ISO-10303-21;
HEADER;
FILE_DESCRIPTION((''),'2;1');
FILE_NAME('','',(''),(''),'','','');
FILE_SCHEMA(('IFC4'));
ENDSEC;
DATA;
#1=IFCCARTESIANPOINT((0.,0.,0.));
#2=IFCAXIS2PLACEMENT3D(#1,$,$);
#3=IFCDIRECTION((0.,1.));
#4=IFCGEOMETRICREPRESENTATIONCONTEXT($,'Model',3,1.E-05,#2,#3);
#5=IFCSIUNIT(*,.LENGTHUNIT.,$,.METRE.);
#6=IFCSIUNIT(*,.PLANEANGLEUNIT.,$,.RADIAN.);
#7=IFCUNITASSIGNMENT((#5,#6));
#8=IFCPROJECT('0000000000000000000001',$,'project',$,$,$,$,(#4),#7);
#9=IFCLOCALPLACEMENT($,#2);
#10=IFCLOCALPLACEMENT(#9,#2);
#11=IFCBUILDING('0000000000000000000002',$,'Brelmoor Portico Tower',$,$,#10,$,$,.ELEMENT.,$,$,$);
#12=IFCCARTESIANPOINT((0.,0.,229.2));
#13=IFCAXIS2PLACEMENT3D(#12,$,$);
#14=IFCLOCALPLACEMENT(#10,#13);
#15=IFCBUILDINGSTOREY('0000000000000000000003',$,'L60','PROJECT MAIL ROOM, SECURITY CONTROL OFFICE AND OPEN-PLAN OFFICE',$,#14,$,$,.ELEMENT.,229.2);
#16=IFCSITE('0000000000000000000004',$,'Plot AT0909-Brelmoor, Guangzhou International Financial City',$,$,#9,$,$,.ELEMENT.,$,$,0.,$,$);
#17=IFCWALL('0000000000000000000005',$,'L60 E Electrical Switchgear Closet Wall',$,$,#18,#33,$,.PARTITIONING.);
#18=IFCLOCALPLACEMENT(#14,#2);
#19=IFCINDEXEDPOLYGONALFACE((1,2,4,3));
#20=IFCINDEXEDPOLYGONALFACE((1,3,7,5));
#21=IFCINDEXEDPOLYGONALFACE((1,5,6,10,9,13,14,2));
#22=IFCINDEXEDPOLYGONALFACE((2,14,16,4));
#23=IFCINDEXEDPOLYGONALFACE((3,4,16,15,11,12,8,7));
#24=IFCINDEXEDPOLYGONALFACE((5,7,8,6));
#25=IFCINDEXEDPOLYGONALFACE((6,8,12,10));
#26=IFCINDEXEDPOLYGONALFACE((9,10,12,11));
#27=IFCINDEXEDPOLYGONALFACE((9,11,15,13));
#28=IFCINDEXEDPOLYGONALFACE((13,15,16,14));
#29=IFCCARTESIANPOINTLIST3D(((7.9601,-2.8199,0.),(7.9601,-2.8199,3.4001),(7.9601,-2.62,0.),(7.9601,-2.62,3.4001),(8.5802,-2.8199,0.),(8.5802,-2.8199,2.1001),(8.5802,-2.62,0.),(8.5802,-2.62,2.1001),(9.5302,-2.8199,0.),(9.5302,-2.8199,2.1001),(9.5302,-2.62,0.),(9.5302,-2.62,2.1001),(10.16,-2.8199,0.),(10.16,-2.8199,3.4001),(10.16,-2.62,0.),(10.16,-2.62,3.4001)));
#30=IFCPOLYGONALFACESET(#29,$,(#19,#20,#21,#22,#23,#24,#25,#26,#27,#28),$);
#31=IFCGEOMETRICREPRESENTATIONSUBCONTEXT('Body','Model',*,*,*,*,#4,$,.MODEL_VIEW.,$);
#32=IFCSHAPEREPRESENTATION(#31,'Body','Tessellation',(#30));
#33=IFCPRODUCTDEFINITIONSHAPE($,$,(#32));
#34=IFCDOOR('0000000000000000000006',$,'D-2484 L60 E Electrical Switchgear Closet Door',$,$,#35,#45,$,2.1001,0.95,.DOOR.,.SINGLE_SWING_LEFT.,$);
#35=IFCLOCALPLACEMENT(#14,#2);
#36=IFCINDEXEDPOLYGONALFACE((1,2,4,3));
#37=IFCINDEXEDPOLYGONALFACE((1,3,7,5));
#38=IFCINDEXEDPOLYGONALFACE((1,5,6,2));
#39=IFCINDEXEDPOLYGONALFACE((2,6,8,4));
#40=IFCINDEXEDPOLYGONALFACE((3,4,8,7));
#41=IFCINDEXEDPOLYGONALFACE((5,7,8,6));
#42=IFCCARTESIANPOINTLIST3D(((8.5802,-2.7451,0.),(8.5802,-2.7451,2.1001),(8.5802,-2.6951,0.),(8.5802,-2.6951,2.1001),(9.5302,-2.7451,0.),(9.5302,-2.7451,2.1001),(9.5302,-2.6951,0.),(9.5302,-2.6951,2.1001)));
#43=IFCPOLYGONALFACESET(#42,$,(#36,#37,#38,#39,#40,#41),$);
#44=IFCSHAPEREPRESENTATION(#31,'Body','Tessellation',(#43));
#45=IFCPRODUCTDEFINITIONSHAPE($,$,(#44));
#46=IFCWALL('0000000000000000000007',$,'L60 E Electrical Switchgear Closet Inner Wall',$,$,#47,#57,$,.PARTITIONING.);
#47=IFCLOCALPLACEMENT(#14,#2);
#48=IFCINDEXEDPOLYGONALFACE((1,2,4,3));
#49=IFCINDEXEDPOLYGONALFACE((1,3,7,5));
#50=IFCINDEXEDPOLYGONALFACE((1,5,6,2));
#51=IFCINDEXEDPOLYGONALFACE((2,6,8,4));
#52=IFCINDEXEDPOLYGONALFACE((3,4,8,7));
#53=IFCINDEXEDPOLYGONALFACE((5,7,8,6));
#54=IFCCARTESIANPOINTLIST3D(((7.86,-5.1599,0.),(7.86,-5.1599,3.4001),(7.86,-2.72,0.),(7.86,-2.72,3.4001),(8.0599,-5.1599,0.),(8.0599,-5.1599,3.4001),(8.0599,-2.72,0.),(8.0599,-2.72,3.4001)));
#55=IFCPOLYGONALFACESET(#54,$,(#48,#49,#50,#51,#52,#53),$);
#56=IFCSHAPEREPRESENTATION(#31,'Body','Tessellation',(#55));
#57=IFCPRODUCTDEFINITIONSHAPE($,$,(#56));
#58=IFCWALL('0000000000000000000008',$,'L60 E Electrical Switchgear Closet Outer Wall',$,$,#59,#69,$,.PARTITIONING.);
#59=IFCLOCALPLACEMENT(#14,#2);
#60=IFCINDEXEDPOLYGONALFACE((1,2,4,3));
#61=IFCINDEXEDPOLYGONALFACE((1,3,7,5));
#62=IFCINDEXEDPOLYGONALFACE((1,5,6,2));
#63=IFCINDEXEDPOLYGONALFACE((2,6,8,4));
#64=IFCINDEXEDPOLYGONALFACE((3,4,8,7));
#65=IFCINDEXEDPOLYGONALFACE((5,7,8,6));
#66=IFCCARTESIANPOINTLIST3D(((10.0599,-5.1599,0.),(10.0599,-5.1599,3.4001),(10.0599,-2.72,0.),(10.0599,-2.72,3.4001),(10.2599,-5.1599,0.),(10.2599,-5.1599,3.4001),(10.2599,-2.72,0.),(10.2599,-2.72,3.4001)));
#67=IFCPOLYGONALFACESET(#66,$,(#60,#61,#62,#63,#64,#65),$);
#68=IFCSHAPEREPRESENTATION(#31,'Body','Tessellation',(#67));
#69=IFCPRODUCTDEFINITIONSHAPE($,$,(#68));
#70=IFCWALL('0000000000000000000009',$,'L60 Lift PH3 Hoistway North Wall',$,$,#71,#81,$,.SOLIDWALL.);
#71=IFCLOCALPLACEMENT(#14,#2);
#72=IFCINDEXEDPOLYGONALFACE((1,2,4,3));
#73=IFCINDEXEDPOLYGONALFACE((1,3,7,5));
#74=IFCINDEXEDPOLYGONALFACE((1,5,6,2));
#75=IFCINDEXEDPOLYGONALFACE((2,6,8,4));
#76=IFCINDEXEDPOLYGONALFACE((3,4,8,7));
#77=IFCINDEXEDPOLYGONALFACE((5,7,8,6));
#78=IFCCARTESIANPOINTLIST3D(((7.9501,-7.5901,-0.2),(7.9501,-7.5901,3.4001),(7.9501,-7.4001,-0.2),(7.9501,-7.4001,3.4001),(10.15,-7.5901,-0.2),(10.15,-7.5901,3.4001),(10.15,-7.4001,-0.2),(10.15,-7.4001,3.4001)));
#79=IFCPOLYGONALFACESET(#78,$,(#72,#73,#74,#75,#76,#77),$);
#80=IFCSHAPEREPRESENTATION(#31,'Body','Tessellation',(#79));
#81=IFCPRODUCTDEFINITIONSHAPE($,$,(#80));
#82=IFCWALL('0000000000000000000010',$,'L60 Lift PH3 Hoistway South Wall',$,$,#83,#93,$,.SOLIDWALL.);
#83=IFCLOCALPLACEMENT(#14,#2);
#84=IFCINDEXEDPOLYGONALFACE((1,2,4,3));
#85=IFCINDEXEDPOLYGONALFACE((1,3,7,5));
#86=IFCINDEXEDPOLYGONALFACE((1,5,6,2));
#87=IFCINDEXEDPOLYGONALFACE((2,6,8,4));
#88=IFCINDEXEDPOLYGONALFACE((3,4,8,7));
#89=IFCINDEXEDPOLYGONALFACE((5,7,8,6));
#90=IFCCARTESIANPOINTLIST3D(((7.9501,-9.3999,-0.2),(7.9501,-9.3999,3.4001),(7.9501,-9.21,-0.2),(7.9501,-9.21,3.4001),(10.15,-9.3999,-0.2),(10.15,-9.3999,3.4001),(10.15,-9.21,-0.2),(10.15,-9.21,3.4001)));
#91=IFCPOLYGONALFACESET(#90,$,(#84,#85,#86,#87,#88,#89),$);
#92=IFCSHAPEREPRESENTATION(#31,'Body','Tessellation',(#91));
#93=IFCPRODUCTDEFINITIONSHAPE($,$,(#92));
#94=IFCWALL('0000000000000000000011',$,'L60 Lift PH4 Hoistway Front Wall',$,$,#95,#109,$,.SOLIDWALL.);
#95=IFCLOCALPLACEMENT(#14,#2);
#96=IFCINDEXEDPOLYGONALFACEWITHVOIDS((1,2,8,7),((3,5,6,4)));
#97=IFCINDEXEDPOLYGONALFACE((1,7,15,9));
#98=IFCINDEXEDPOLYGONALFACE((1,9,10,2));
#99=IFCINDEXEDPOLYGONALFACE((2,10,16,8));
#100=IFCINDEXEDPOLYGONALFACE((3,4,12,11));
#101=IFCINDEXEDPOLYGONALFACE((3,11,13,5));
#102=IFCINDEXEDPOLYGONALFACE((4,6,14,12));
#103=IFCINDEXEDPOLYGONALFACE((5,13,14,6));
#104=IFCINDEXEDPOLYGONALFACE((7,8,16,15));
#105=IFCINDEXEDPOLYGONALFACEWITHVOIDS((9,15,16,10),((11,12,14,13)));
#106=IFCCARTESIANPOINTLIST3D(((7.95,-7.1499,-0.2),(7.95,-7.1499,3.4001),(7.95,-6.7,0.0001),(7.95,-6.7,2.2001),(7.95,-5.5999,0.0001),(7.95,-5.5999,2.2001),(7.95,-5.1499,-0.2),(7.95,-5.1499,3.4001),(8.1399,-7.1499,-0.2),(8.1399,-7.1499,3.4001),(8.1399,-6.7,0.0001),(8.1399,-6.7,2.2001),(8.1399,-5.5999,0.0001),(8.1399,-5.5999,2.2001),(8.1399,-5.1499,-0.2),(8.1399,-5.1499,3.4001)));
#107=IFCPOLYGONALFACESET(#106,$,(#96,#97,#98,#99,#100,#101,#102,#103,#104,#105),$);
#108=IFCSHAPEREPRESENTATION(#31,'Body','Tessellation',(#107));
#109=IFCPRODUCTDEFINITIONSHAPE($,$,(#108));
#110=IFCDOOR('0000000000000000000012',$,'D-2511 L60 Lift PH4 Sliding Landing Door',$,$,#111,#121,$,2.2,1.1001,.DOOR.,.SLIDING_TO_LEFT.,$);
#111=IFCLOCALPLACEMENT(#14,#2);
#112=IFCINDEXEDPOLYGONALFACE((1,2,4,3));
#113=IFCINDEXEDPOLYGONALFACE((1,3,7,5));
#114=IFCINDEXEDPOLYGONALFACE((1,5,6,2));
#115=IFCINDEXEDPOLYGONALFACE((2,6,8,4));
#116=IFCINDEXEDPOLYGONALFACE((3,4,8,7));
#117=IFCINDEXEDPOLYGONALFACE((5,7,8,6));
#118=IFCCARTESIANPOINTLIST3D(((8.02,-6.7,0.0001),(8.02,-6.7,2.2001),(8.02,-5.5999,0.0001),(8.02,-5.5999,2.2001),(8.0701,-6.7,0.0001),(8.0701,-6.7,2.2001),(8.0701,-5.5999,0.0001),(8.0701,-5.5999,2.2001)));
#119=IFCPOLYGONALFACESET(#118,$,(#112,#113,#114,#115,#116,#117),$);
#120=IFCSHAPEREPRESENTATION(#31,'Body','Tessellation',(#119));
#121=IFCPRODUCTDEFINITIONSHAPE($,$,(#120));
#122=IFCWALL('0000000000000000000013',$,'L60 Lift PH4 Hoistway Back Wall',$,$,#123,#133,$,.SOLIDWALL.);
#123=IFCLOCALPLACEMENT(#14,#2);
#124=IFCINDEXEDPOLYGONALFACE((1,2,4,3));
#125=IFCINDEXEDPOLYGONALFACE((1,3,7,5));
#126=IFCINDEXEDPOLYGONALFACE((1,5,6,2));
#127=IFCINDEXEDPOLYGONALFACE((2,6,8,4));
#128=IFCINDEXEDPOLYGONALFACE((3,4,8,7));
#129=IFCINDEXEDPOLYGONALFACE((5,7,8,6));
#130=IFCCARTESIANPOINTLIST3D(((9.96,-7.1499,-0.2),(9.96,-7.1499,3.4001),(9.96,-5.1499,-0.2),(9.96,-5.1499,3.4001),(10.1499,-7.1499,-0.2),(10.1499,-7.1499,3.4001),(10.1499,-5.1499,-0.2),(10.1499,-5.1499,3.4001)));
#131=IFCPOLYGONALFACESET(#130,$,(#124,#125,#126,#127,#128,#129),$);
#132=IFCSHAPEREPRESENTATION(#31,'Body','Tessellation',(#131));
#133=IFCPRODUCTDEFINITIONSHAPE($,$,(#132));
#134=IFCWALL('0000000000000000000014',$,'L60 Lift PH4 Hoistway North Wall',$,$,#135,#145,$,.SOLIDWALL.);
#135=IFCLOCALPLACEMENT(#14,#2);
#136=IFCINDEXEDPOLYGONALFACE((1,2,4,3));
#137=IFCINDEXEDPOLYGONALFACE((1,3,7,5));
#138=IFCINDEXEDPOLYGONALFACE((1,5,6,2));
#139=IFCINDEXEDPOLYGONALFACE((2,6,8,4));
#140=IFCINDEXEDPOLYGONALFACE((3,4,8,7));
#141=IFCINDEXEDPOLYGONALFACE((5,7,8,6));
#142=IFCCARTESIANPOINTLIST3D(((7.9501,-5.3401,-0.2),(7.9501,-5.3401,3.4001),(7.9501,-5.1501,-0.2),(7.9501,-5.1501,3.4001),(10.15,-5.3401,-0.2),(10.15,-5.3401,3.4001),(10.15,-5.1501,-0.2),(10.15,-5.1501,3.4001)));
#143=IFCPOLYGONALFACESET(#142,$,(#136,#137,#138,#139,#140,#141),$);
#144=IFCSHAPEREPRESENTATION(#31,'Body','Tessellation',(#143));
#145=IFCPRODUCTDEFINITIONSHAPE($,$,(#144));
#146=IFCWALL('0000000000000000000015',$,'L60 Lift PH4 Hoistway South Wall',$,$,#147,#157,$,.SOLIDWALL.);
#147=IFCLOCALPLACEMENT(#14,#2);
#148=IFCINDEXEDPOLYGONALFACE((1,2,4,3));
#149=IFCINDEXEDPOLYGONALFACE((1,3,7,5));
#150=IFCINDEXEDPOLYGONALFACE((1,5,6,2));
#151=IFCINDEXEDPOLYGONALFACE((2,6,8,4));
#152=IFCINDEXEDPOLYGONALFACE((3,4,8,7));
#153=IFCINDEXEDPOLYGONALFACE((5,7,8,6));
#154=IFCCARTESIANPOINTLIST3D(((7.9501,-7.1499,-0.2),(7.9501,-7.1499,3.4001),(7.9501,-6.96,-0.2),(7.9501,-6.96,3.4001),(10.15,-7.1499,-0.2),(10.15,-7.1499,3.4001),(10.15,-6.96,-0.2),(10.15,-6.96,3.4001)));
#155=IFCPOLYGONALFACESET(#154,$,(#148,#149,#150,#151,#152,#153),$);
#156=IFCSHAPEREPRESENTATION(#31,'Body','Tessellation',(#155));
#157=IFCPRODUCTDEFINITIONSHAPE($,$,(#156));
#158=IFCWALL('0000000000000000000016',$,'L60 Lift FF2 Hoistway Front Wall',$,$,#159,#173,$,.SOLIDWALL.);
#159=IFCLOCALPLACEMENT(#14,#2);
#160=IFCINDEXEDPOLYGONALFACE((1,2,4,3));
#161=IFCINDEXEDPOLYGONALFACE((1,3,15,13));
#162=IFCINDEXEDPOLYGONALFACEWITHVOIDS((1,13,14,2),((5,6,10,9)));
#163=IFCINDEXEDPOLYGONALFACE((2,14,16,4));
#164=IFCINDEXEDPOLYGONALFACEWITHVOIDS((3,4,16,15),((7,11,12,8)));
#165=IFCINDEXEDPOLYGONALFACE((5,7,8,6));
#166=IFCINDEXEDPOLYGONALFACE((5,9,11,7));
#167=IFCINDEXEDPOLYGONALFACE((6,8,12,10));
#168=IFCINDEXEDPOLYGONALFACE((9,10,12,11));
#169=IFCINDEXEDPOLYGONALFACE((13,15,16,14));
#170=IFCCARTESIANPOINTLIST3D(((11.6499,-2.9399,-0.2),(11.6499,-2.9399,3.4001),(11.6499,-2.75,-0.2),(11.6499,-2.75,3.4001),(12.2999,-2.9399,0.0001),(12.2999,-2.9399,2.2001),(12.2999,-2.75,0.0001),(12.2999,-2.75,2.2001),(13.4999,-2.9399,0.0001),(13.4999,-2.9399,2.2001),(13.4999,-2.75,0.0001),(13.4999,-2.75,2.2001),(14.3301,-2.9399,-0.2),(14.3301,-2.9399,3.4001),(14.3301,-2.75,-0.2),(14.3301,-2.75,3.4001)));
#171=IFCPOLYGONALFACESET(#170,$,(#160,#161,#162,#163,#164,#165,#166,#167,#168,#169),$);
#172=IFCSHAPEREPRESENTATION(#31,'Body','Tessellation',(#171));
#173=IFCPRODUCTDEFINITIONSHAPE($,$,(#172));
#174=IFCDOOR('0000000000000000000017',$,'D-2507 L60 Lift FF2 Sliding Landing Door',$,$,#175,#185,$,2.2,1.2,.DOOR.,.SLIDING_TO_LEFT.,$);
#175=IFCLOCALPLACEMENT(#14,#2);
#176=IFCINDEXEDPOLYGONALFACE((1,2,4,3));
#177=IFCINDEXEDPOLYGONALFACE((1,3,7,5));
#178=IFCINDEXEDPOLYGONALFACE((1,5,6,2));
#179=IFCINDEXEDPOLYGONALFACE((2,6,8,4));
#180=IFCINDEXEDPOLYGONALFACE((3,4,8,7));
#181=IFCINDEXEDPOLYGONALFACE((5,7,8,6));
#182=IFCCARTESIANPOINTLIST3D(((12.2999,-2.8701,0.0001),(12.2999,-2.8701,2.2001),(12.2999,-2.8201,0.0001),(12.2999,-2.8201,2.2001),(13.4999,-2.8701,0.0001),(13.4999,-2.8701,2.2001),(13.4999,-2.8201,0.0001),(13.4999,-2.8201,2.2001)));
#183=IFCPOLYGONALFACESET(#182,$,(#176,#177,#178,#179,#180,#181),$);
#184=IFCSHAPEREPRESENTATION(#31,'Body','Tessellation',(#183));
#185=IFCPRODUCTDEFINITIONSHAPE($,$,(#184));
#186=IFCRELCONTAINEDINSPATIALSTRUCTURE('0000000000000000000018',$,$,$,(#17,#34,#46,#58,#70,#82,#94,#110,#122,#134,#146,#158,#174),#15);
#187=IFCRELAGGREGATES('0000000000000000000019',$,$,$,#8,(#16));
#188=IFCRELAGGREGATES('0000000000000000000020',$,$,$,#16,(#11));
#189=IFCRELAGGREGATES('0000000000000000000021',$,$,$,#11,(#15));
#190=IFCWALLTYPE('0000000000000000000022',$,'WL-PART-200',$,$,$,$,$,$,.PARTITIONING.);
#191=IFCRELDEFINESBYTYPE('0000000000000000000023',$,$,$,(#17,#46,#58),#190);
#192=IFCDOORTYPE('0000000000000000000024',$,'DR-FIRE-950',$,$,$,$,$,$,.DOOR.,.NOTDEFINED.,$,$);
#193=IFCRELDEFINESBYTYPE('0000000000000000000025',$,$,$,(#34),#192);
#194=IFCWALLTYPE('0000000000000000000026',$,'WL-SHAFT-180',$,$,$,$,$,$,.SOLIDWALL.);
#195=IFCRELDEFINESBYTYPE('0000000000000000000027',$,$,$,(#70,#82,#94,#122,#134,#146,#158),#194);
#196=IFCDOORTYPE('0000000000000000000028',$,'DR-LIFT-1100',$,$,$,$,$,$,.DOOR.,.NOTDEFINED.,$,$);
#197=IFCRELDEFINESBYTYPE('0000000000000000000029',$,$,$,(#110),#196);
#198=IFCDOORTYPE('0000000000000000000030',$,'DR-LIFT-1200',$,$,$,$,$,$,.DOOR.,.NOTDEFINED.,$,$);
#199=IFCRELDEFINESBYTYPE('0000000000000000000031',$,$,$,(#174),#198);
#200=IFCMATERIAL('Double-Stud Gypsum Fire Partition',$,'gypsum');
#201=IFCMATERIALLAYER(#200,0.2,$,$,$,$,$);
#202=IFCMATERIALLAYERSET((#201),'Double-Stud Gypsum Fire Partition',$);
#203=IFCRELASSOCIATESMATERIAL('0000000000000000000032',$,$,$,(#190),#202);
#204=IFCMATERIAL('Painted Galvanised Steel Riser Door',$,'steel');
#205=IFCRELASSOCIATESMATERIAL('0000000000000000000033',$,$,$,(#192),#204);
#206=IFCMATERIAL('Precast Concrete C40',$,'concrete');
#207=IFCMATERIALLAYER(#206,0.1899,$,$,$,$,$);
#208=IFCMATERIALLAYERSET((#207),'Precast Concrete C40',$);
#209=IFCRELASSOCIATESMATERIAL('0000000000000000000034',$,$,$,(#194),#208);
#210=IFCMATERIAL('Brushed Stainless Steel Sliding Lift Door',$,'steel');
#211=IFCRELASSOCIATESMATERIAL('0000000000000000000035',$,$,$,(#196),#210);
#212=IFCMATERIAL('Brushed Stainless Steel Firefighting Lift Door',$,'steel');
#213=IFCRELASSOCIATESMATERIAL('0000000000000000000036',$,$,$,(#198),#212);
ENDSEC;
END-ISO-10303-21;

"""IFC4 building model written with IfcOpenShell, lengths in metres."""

from ifc_helpers import new_model, si_unit, direction, frame, frame_2d, origin, place, context, subcontext, project, spatial, rectangle, extrude, material, layer, layer_set, type_object, element, fill, save


model = new_model("IFC4")

# Units and contexts
model_context = context("Model", 3, precision=1e-05, world=origin(), true_north=direction((0.0, 1.0)))
body_context = subcontext(model_context, "Body", "Model", "MODEL_VIEW")
ifc_project = project(units=[si_unit("LENGTHUNIT", "METRE"), si_unit("PLANEANGLEUNIT", "RADIAN")], contexts=[model_context])

# Site, building, storey
site_placement = place(None, origin())
site = spatial("IfcSite", under=ifc_project, at=site_placement, Name="Plot AT0909-Brelmoor, Guangzhou International Financial City", CompositionType="ELEMENT", RefElevation=0.0)
building_placement = place(site_placement, origin())
building = spatial("IfcBuilding", under=site, at=building_placement, Name="Brelmoor Portico Tower", CompositionType="ELEMENT")
storey_placement = place(building_placement, frame((0.0, 0.0, 229.2)))
storey = spatial("IfcBuildingStorey", under=building, at=storey_placement, Name="L60", Description="PROJECT MAIL ROOM, SECURITY CONTROL OFFICE AND OPEN-PLAN OFFICE", CompositionType="ELEMENT", Elevation=229.2)

# Shared definitions
ifc_material_1 = material(Name="Double-Stud Gypsum Fire Partition", Category="gypsum")
ifc_layer_1 = layer(ifc_material_1, 0.2)
ifc_layer_set_1 = layer_set([ifc_layer_1], Name="Double-Stud Gypsum Fire Partition")
wall_type_1 = type_object("IfcWallType", Name="WL-PART-200", PredefinedType="PARTITIONING", material=ifc_layer_set_1)

# Wall, opening, door
wall_1_placement = place(storey_placement, frame((7.96, -2.72, 0.0), z_axis=(0.0, 0.0, 1.0), x_axis=(1.0, 0.0, 0.0)))
wall_1 = element("IfcWall", 1, at=wall_1_placement, inside=storey, type_object=wall_type_1, Name="L60 E Electrical Switchgear Closet Wall", PredefinedType="PARTITIONING", context=body_context, shape_type="SweptSolid", body=[
    extrude(rectangle(XDim=2.2, YDim=0.2, at=frame_2d((1.1001, 0.0))), origin(), (0.0, 0.0, 1.0), 3.4001),
])
opening_1_placement = place(wall_1_placement, frame((0.6201, 0.0, 0.0)))
opening_1 = element("IfcOpeningElement", 2, at=opening_1_placement, cuts=wall_1, PredefinedType="OPENING", context=body_context, shape_type="SweptSolid", body=[
    extrude(rectangle(XDim=0.95, YDim=2.1001, at=frame_2d((0.4751, 1.05))), frame((0.0, 0.1099, 0.0), z_axis=(0.0, -1.0, 0.0), x_axis=(1.0, 0.0, 0.0)), (0.0, 0.0, 1.0), 0.22),
])
ifc_material_2 = material(Name="Painted Galvanised Steel Riser Door", Category="steel")
door_type_1 = type_object("IfcDoorType", Name="DR-FIRE-950", OperationType="NOTDEFINED", PredefinedType="DOOR", material=ifc_material_2)
door_1_placement = place(opening_1_placement, origin())
door_1 = element("IfcDoor", 3, at=door_1_placement, inside=storey, type_object=door_type_1, Name="D-2484 L60 E Electrical Switchgear Closet Door", OperationType="SINGLE_SWING_LEFT", OverallHeight=2.1001, OverallWidth=0.95, PredefinedType="DOOR", context=body_context, shape_type="SweptSolid", body=[
    extrude(rectangle(XDim=0.95, YDim=2.1001, at=frame_2d((0.4751, 1.05))), frame((0.0, 0.0249, 0.0), z_axis=(0.0, -1.0, 0.0), x_axis=(1.0, 0.0, 0.0)), (0.0, 0.0, 1.0), 0.05),
])
fill(opening_1, door_1)

# Walls
for number, where, z_axis, x_axis, name in (
    (4, (7.96, -5.1599, 0.0), (0.0, 0.0, 1.0), (0.0, 1.0, 0.0), "L60 E Electrical Switchgear Closet Inner Wall"),
    (5, (10.1599, -5.1599, 0.0), (0.0, 0.0, 1.0), (0.0, 1.0, 0.0), "L60 E Electrical Switchgear Closet Outer Wall"),
):
    element("IfcWall", number, at=place(storey_placement, frame(where, z_axis=z_axis, x_axis=x_axis)), inside=storey, type_object=wall_type_1, Name=name, PredefinedType="PARTITIONING", context=body_context, shape_type="SweptSolid", body=[
        extrude(rectangle(XDim=2.4399, YDim=0.2, at=frame_2d((1.22, 0.0))), origin(), (0.0, 0.0, 1.0), 3.4001),
    ])
ifc_material_3 = material(Name="Precast Concrete C40", Category="concrete")
ifc_layer_2 = layer(ifc_material_3, 0.1899)
ifc_layer_set_2 = layer_set([ifc_layer_2], Name="Precast Concrete C40")
wall_type_2 = type_object("IfcWallType", Name="WL-SHAFT-180", PredefinedType="SOLIDWALL", material=ifc_layer_set_2)
for number, where, z_axis, x_axis, name in (
    (6, (7.95, -7.4951, -0.2), (0.0, 0.0, 1.0), (1.0, 0.0, 0.0), "L60 Lift PH3 Hoistway North Wall"),
    (7, (7.95, -9.3049, -0.2), (0.0, 0.0, 1.0), (1.0, 0.0, 0.0), "L60 Lift PH3 Hoistway South Wall"),
):
    element("IfcWall", number, at=place(storey_placement, frame(where, z_axis=z_axis, x_axis=x_axis)), inside=storey, type_object=wall_type_2, Name=name, PredefinedType="SOLIDWALL", context=body_context, shape_type="SweptSolid", body=[
        extrude(rectangle(XDim=2.2, YDim=0.1899, at=frame_2d((1.1001, 0.0))), origin(), (0.0, 0.0, 1.0), 3.6001),
    ])

# Wall, opening, door
wall_2_placement = place(storey_placement, frame((8.0449, -7.1499, -0.2), z_axis=(0.0, 0.0, 1.0), x_axis=(0.0, 1.0, 0.0)))
wall_2 = element("IfcWall", 8, at=wall_2_placement, inside=storey, type_object=wall_type_2, Name="L60 Lift PH4 Hoistway Front Wall", PredefinedType="SOLIDWALL", context=body_context, shape_type="SweptSolid", body=[
    extrude(rectangle(XDim=2.0, YDim=0.1899, at=frame_2d((1.0, 0.0))), origin(), (0.0, 0.0, 1.0), 3.6001),
])
opening_2_placement = place(wall_2_placement, frame((0.45, 0.0, 0.2)))
opening_2 = element("IfcOpeningElement", 9, at=opening_2_placement, cuts=wall_2, PredefinedType="OPENING", context=body_context, shape_type="SweptSolid", body=[
    extrude(rectangle(XDim=1.1001, YDim=2.2, at=frame_2d((0.55, 1.1001))), frame((0.0, 0.105, 0.0), z_axis=(0.0, -1.0, 0.0), x_axis=(1.0, 0.0, 0.0)), (0.0, 0.0, 1.0), 0.21),
])
ifc_material_4 = material(Name="Brushed Stainless Steel Sliding Lift Door", Category="steel")
door_type_2 = type_object("IfcDoorType", Name="DR-LIFT-1100", OperationType="NOTDEFINED", PredefinedType="DOOR", material=ifc_material_4)
door_2_placement = place(opening_2_placement, origin())
door_2 = element("IfcDoor", 10, at=door_2_placement, inside=storey, type_object=door_type_2, Name="D-2511 L60 Lift PH4 Sliding Landing Door", OperationType="SLIDING_TO_LEFT", OverallHeight=2.2, OverallWidth=1.1001, PredefinedType="DOOR", context=body_context, shape_type="SweptSolid", body=[
    extrude(rectangle(XDim=1.1001, YDim=2.2, at=frame_2d((0.55, 1.1001))), frame((0.0, 0.0249, 0.0), z_axis=(0.0, -1.0, 0.0), x_axis=(1.0, 0.0, 0.0)), (0.0, 0.0, 1.0), 0.05),
])
fill(opening_2, door_2)

# Walls
wall_3_placement = place(storey_placement, frame((10.0549, -7.1499, -0.2), z_axis=(0.0, 0.0, 1.0), x_axis=(0.0, 1.0, 0.0)))
element("IfcWall", 11, at=wall_3_placement, inside=storey, type_object=wall_type_2, Name="L60 Lift PH4 Hoistway Back Wall", PredefinedType="SOLIDWALL", context=body_context, shape_type="SweptSolid", body=[
    extrude(rectangle(XDim=2.0, YDim=0.1899, at=frame_2d((1.0, 0.0))), origin(), (0.0, 0.0, 1.0), 3.6001),
])
for number, where, z_axis, x_axis, name in (
    (12, (7.95, -5.2451, -0.2), (0.0, 0.0, 1.0), (1.0, 0.0, 0.0), "L60 Lift PH4 Hoistway North Wall"),
    (13, (7.95, -7.0549, -0.2), (0.0, 0.0, 1.0), (1.0, 0.0, 0.0), "L60 Lift PH4 Hoistway South Wall"),
):
    element("IfcWall", number, at=place(storey_placement, frame(where, z_axis=z_axis, x_axis=x_axis)), inside=storey, type_object=wall_type_2, Name=name, PredefinedType="SOLIDWALL", context=body_context, shape_type="SweptSolid", body=[
        extrude(rectangle(XDim=2.2, YDim=0.1899, at=frame_2d((1.1001, 0.0))), origin(), (0.0, 0.0, 1.0), 3.6001),
    ])

# Wall, opening, door
wall_4_placement = place(storey_placement, frame((11.6499, -2.845, -0.2), z_axis=(0.0, 0.0, 1.0), x_axis=(1.0, 0.0, 0.0)))
wall_4 = element("IfcWall", 14, at=wall_4_placement, inside=storey, type_object=wall_type_2, Name="L60 Lift FF2 Hoistway Front Wall", PredefinedType="SOLIDWALL", context=body_context, shape_type="SweptSolid", body=[
    extrude(rectangle(XDim=2.6802, YDim=0.1899, at=frame_2d((1.3401, 0.0))), origin(), (0.0, 0.0, 1.0), 3.6001),
])
opening_3_placement = place(wall_4_placement, frame((0.6499, 0.0, 0.2)))
opening_3 = element("IfcOpeningElement", 15, at=opening_3_placement, cuts=wall_4, PredefinedType="OPENING", context=body_context, shape_type="SweptSolid", body=[
    extrude(rectangle(XDim=1.2, YDim=2.2, at=frame_2d((0.6001, 1.1001))), frame((0.0, 0.105, 0.0), z_axis=(0.0, -1.0, 0.0), x_axis=(1.0, 0.0, 0.0)), (0.0, 0.0, 1.0), 0.21),
])
ifc_material_5 = material(Name="Brushed Stainless Steel Firefighting Lift Door", Category="steel")
door_type_3 = type_object("IfcDoorType", Name="DR-LIFT-1200", OperationType="NOTDEFINED", PredefinedType="DOOR", material=ifc_material_5)
door_3_placement = place(opening_3_placement, origin())
door_3 = element("IfcDoor", 16, at=door_3_placement, inside=storey, type_object=door_type_3, Name="D-2507 L60 Lift FF2 Sliding Landing Door", OperationType="SLIDING_TO_LEFT", OverallHeight=2.2, OverallWidth=1.2, PredefinedType="DOOR", context=body_context, shape_type="SweptSolid", body=[
    extrude(rectangle(XDim=1.2, YDim=2.2, at=frame_2d((0.6001, 1.1001))), frame((0.0, 0.0249, 0.0), z_axis=(0.0, -1.0, 0.0), x_axis=(1.0, 0.0, 0.0)), (0.0, 0.0, 1.0), 0.05),
])
fill(opening_3, door_3)

save(model, "model.ifc")
